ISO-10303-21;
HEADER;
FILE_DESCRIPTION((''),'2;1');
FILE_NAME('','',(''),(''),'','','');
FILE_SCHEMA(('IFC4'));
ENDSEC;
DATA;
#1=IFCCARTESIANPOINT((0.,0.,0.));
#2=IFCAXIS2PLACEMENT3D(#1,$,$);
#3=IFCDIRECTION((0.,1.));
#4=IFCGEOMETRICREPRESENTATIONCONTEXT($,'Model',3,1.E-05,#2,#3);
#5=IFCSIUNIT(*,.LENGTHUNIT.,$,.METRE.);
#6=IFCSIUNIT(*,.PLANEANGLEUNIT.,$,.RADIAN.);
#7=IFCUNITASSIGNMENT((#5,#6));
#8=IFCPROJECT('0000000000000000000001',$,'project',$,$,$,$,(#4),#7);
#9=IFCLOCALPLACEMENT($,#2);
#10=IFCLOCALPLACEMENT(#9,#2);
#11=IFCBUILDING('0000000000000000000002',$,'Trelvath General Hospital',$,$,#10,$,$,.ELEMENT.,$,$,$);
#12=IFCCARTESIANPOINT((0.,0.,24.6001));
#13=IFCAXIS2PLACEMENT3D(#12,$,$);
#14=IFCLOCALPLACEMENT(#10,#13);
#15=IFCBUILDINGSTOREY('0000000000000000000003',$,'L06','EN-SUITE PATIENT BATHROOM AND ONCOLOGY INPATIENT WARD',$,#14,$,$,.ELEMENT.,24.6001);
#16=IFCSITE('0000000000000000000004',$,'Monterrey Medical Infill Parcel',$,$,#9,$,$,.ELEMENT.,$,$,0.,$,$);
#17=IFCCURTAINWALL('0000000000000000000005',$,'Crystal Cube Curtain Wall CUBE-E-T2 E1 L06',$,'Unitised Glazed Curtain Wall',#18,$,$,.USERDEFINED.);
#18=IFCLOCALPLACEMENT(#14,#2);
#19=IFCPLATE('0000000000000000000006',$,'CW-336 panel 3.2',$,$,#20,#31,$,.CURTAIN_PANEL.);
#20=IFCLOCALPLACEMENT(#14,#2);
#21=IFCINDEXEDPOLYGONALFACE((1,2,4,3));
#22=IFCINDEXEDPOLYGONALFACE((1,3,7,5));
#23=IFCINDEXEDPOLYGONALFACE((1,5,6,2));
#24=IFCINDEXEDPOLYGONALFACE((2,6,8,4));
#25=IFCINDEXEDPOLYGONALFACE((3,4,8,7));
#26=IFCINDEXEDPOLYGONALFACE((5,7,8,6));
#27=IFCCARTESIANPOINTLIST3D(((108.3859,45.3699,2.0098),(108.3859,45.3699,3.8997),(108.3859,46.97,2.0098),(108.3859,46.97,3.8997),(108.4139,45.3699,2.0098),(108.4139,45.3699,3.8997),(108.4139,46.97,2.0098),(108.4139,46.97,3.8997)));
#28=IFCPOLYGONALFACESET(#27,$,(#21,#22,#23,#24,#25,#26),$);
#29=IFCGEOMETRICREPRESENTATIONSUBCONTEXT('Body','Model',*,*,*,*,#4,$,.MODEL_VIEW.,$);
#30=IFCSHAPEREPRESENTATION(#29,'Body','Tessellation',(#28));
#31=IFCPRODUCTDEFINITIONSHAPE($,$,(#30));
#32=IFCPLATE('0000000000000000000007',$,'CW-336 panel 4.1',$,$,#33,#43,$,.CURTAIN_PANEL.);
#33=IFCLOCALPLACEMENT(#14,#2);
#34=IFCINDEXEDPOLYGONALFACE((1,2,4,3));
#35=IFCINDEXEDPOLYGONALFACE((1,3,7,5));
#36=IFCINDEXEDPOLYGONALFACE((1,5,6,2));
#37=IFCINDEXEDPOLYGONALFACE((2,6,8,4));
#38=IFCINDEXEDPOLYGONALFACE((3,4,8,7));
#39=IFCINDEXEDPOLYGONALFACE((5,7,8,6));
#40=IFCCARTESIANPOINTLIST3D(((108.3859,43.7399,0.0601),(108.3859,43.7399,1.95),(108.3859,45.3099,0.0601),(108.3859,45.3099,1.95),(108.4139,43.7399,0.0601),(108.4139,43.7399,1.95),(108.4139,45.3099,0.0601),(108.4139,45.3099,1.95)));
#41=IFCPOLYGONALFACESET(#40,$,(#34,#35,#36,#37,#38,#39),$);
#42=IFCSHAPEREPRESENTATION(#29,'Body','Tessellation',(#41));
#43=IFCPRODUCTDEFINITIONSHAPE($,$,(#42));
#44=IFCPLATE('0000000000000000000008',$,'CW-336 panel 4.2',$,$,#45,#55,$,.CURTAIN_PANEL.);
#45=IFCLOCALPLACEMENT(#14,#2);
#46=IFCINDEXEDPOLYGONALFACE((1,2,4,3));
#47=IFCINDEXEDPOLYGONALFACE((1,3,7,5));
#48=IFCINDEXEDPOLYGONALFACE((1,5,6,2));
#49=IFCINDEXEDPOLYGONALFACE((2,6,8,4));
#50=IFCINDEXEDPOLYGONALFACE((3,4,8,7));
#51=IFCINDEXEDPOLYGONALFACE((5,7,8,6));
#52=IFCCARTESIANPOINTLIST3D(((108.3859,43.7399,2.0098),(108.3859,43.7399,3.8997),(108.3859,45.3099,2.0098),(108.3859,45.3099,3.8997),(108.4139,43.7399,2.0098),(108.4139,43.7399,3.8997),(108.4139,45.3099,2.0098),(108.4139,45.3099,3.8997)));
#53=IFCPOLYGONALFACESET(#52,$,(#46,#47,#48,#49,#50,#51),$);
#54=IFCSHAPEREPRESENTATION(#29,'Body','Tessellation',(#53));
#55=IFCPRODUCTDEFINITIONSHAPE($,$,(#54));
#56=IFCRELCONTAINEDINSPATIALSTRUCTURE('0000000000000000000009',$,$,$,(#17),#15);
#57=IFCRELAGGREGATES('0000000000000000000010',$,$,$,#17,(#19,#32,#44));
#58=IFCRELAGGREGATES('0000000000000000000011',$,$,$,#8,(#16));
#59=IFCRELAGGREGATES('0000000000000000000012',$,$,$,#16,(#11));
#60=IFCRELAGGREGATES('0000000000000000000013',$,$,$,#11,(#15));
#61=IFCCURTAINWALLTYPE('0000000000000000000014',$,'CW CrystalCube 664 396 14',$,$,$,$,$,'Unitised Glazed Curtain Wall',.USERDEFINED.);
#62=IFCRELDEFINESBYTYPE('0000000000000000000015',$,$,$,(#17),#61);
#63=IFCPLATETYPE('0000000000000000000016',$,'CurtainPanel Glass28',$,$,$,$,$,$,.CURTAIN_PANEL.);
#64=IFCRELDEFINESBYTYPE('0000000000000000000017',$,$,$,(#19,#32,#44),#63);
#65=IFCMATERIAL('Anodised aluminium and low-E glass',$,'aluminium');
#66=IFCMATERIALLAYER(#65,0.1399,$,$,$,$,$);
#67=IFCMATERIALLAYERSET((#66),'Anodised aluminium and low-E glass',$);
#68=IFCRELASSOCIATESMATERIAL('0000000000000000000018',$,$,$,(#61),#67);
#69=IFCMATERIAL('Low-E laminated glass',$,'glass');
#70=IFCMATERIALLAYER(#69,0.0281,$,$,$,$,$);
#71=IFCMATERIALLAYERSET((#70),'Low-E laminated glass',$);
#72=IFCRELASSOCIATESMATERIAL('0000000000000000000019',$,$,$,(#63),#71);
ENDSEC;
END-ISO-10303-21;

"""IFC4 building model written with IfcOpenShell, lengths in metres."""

from ifc_helpers import new_model, si_unit, direction, frame, origin, origin_2d, place, context, subcontext, project, spatial, rectangle, extrude, material, layer, layer_set, type_object, element, aggregate, save


model = new_model("IFC4")

# Units and contexts
model_context = context("Model", 3, precision=1e-05, world=origin(), true_north=direction((0.0, 1.0)))
body_context = subcontext(model_context, "Body", "Model", "MODEL_VIEW")
ifc_project = project(units=[si_unit("LENGTHUNIT", "METRE"), si_unit("PLANEANGLEUNIT", "RADIAN")], contexts=[model_context])

# Site, building, storey
site_placement = place(None, origin())
site = spatial("IfcSite", under=ifc_project, at=site_placement, Name="Monterrey Medical Infill Parcel", CompositionType="ELEMENT", RefElevation=0.0)
building_placement = place(site_placement, origin())
building = spatial("IfcBuilding", under=site, at=building_placement, Name="Trelvath General Hospital", CompositionType="ELEMENT")
storey_placement = place(building_placement, frame((0.0, 0.0, 24.6001)))
storey = spatial("IfcBuildingStorey", under=building, at=storey_placement, Name="L06", Description="EN-SUITE PATIENT BATHROOM AND ONCOLOGY INPATIENT WARD", CompositionType="ELEMENT", Elevation=24.6001)

# Curtain wall
ifc_material_1 = material(Name="Anodised aluminium and low-E glass", Category="aluminium")
ifc_layer_1 = layer(ifc_material_1, 0.1399)
ifc_layer_set_1 = layer_set([ifc_layer_1], Name="Anodised aluminium and low-E glass")
curtain_wall_type_1 = type_object("IfcCurtainWallType", Name="CW CrystalCube 664 396 14", ElementType="Unitised Glazed Curtain Wall", PredefinedType="USERDEFINED", material=ifc_layer_set_1)
curtain_wall_1_placement = place(storey_placement, origin())
curtain_wall_1 = element("IfcCurtainWall", 1, at=curtain_wall_1_placement, inside=storey, type_object=curtain_wall_type_1, Name="Crystal Cube Curtain Wall CUBE-E-T2 E1 L06", ObjectType="Unitised Glazed Curtain Wall", PredefinedType="USERDEFINED")

# Plates
ifc_material_2 = material(Name="Low-E laminated glass", Category="glass")
ifc_layer_2 = layer(ifc_material_2, 0.0281)
ifc_layer_set_2 = layer_set([ifc_layer_2], Name="Low-E laminated glass")
plate_type = type_object("IfcPlateType", Name="CurtainPanel Glass28", PredefinedType="CURTAIN_PANEL", material=ifc_layer_set_2)
plate_1_placement = place(storey_placement, frame((108.3999, 46.1699, 2.0098), z_axis=(0.0, 0.0, 1.0), x_axis=(0.0, -1.0, 0.0)))
plate_1 = element("IfcPlate", 2, at=plate_1_placement, type_object=plate_type, Name="CW-336 panel 3.2", PredefinedType="CURTAIN_PANEL", context=body_context, shape_type="SweptSolid", body=[
    extrude(rectangle(XDim=1.6001, YDim=0.0281, at=origin_2d()), origin(), (0.0, 0.0, 1.0), 1.8899),
])
plate_2_placement = place(storey_placement, frame((108.3999, 44.5249, 0.0601), z_axis=(0.0, 0.0, 1.0), x_axis=(0.0, -1.0, 0.0)))
plate_2 = element("IfcPlate", 3, at=plate_2_placement, type_object=plate_type, Name="CW-336 panel 4.1", PredefinedType="CURTAIN_PANEL", context=body_context, shape_type="SweptSolid", body=[
    extrude(rectangle(XDim=1.5701, YDim=0.0281, at=origin_2d()), origin(), (0.0, 0.0, 1.0), 1.8899),
])
plate_3_placement = place(storey_placement, frame((108.3999, 44.5249, 2.0098), z_axis=(0.0, 0.0, 1.0), x_axis=(0.0, -1.0, 0.0)))
plate_3 = element("IfcPlate", 4, at=plate_3_placement, type_object=plate_type, Name="CW-336 panel 4.2", PredefinedType="CURTAIN_PANEL", context=body_context, shape_type="SweptSolid", body=[
    extrude(rectangle(XDim=1.5701, YDim=0.0281, at=origin_2d()), origin(), (0.0, 0.0, 1.0), 1.8899),
])
aggregate(curtain_wall_1, [plate_1, plate_2, plate_3])

save(model, "model.ifc")
